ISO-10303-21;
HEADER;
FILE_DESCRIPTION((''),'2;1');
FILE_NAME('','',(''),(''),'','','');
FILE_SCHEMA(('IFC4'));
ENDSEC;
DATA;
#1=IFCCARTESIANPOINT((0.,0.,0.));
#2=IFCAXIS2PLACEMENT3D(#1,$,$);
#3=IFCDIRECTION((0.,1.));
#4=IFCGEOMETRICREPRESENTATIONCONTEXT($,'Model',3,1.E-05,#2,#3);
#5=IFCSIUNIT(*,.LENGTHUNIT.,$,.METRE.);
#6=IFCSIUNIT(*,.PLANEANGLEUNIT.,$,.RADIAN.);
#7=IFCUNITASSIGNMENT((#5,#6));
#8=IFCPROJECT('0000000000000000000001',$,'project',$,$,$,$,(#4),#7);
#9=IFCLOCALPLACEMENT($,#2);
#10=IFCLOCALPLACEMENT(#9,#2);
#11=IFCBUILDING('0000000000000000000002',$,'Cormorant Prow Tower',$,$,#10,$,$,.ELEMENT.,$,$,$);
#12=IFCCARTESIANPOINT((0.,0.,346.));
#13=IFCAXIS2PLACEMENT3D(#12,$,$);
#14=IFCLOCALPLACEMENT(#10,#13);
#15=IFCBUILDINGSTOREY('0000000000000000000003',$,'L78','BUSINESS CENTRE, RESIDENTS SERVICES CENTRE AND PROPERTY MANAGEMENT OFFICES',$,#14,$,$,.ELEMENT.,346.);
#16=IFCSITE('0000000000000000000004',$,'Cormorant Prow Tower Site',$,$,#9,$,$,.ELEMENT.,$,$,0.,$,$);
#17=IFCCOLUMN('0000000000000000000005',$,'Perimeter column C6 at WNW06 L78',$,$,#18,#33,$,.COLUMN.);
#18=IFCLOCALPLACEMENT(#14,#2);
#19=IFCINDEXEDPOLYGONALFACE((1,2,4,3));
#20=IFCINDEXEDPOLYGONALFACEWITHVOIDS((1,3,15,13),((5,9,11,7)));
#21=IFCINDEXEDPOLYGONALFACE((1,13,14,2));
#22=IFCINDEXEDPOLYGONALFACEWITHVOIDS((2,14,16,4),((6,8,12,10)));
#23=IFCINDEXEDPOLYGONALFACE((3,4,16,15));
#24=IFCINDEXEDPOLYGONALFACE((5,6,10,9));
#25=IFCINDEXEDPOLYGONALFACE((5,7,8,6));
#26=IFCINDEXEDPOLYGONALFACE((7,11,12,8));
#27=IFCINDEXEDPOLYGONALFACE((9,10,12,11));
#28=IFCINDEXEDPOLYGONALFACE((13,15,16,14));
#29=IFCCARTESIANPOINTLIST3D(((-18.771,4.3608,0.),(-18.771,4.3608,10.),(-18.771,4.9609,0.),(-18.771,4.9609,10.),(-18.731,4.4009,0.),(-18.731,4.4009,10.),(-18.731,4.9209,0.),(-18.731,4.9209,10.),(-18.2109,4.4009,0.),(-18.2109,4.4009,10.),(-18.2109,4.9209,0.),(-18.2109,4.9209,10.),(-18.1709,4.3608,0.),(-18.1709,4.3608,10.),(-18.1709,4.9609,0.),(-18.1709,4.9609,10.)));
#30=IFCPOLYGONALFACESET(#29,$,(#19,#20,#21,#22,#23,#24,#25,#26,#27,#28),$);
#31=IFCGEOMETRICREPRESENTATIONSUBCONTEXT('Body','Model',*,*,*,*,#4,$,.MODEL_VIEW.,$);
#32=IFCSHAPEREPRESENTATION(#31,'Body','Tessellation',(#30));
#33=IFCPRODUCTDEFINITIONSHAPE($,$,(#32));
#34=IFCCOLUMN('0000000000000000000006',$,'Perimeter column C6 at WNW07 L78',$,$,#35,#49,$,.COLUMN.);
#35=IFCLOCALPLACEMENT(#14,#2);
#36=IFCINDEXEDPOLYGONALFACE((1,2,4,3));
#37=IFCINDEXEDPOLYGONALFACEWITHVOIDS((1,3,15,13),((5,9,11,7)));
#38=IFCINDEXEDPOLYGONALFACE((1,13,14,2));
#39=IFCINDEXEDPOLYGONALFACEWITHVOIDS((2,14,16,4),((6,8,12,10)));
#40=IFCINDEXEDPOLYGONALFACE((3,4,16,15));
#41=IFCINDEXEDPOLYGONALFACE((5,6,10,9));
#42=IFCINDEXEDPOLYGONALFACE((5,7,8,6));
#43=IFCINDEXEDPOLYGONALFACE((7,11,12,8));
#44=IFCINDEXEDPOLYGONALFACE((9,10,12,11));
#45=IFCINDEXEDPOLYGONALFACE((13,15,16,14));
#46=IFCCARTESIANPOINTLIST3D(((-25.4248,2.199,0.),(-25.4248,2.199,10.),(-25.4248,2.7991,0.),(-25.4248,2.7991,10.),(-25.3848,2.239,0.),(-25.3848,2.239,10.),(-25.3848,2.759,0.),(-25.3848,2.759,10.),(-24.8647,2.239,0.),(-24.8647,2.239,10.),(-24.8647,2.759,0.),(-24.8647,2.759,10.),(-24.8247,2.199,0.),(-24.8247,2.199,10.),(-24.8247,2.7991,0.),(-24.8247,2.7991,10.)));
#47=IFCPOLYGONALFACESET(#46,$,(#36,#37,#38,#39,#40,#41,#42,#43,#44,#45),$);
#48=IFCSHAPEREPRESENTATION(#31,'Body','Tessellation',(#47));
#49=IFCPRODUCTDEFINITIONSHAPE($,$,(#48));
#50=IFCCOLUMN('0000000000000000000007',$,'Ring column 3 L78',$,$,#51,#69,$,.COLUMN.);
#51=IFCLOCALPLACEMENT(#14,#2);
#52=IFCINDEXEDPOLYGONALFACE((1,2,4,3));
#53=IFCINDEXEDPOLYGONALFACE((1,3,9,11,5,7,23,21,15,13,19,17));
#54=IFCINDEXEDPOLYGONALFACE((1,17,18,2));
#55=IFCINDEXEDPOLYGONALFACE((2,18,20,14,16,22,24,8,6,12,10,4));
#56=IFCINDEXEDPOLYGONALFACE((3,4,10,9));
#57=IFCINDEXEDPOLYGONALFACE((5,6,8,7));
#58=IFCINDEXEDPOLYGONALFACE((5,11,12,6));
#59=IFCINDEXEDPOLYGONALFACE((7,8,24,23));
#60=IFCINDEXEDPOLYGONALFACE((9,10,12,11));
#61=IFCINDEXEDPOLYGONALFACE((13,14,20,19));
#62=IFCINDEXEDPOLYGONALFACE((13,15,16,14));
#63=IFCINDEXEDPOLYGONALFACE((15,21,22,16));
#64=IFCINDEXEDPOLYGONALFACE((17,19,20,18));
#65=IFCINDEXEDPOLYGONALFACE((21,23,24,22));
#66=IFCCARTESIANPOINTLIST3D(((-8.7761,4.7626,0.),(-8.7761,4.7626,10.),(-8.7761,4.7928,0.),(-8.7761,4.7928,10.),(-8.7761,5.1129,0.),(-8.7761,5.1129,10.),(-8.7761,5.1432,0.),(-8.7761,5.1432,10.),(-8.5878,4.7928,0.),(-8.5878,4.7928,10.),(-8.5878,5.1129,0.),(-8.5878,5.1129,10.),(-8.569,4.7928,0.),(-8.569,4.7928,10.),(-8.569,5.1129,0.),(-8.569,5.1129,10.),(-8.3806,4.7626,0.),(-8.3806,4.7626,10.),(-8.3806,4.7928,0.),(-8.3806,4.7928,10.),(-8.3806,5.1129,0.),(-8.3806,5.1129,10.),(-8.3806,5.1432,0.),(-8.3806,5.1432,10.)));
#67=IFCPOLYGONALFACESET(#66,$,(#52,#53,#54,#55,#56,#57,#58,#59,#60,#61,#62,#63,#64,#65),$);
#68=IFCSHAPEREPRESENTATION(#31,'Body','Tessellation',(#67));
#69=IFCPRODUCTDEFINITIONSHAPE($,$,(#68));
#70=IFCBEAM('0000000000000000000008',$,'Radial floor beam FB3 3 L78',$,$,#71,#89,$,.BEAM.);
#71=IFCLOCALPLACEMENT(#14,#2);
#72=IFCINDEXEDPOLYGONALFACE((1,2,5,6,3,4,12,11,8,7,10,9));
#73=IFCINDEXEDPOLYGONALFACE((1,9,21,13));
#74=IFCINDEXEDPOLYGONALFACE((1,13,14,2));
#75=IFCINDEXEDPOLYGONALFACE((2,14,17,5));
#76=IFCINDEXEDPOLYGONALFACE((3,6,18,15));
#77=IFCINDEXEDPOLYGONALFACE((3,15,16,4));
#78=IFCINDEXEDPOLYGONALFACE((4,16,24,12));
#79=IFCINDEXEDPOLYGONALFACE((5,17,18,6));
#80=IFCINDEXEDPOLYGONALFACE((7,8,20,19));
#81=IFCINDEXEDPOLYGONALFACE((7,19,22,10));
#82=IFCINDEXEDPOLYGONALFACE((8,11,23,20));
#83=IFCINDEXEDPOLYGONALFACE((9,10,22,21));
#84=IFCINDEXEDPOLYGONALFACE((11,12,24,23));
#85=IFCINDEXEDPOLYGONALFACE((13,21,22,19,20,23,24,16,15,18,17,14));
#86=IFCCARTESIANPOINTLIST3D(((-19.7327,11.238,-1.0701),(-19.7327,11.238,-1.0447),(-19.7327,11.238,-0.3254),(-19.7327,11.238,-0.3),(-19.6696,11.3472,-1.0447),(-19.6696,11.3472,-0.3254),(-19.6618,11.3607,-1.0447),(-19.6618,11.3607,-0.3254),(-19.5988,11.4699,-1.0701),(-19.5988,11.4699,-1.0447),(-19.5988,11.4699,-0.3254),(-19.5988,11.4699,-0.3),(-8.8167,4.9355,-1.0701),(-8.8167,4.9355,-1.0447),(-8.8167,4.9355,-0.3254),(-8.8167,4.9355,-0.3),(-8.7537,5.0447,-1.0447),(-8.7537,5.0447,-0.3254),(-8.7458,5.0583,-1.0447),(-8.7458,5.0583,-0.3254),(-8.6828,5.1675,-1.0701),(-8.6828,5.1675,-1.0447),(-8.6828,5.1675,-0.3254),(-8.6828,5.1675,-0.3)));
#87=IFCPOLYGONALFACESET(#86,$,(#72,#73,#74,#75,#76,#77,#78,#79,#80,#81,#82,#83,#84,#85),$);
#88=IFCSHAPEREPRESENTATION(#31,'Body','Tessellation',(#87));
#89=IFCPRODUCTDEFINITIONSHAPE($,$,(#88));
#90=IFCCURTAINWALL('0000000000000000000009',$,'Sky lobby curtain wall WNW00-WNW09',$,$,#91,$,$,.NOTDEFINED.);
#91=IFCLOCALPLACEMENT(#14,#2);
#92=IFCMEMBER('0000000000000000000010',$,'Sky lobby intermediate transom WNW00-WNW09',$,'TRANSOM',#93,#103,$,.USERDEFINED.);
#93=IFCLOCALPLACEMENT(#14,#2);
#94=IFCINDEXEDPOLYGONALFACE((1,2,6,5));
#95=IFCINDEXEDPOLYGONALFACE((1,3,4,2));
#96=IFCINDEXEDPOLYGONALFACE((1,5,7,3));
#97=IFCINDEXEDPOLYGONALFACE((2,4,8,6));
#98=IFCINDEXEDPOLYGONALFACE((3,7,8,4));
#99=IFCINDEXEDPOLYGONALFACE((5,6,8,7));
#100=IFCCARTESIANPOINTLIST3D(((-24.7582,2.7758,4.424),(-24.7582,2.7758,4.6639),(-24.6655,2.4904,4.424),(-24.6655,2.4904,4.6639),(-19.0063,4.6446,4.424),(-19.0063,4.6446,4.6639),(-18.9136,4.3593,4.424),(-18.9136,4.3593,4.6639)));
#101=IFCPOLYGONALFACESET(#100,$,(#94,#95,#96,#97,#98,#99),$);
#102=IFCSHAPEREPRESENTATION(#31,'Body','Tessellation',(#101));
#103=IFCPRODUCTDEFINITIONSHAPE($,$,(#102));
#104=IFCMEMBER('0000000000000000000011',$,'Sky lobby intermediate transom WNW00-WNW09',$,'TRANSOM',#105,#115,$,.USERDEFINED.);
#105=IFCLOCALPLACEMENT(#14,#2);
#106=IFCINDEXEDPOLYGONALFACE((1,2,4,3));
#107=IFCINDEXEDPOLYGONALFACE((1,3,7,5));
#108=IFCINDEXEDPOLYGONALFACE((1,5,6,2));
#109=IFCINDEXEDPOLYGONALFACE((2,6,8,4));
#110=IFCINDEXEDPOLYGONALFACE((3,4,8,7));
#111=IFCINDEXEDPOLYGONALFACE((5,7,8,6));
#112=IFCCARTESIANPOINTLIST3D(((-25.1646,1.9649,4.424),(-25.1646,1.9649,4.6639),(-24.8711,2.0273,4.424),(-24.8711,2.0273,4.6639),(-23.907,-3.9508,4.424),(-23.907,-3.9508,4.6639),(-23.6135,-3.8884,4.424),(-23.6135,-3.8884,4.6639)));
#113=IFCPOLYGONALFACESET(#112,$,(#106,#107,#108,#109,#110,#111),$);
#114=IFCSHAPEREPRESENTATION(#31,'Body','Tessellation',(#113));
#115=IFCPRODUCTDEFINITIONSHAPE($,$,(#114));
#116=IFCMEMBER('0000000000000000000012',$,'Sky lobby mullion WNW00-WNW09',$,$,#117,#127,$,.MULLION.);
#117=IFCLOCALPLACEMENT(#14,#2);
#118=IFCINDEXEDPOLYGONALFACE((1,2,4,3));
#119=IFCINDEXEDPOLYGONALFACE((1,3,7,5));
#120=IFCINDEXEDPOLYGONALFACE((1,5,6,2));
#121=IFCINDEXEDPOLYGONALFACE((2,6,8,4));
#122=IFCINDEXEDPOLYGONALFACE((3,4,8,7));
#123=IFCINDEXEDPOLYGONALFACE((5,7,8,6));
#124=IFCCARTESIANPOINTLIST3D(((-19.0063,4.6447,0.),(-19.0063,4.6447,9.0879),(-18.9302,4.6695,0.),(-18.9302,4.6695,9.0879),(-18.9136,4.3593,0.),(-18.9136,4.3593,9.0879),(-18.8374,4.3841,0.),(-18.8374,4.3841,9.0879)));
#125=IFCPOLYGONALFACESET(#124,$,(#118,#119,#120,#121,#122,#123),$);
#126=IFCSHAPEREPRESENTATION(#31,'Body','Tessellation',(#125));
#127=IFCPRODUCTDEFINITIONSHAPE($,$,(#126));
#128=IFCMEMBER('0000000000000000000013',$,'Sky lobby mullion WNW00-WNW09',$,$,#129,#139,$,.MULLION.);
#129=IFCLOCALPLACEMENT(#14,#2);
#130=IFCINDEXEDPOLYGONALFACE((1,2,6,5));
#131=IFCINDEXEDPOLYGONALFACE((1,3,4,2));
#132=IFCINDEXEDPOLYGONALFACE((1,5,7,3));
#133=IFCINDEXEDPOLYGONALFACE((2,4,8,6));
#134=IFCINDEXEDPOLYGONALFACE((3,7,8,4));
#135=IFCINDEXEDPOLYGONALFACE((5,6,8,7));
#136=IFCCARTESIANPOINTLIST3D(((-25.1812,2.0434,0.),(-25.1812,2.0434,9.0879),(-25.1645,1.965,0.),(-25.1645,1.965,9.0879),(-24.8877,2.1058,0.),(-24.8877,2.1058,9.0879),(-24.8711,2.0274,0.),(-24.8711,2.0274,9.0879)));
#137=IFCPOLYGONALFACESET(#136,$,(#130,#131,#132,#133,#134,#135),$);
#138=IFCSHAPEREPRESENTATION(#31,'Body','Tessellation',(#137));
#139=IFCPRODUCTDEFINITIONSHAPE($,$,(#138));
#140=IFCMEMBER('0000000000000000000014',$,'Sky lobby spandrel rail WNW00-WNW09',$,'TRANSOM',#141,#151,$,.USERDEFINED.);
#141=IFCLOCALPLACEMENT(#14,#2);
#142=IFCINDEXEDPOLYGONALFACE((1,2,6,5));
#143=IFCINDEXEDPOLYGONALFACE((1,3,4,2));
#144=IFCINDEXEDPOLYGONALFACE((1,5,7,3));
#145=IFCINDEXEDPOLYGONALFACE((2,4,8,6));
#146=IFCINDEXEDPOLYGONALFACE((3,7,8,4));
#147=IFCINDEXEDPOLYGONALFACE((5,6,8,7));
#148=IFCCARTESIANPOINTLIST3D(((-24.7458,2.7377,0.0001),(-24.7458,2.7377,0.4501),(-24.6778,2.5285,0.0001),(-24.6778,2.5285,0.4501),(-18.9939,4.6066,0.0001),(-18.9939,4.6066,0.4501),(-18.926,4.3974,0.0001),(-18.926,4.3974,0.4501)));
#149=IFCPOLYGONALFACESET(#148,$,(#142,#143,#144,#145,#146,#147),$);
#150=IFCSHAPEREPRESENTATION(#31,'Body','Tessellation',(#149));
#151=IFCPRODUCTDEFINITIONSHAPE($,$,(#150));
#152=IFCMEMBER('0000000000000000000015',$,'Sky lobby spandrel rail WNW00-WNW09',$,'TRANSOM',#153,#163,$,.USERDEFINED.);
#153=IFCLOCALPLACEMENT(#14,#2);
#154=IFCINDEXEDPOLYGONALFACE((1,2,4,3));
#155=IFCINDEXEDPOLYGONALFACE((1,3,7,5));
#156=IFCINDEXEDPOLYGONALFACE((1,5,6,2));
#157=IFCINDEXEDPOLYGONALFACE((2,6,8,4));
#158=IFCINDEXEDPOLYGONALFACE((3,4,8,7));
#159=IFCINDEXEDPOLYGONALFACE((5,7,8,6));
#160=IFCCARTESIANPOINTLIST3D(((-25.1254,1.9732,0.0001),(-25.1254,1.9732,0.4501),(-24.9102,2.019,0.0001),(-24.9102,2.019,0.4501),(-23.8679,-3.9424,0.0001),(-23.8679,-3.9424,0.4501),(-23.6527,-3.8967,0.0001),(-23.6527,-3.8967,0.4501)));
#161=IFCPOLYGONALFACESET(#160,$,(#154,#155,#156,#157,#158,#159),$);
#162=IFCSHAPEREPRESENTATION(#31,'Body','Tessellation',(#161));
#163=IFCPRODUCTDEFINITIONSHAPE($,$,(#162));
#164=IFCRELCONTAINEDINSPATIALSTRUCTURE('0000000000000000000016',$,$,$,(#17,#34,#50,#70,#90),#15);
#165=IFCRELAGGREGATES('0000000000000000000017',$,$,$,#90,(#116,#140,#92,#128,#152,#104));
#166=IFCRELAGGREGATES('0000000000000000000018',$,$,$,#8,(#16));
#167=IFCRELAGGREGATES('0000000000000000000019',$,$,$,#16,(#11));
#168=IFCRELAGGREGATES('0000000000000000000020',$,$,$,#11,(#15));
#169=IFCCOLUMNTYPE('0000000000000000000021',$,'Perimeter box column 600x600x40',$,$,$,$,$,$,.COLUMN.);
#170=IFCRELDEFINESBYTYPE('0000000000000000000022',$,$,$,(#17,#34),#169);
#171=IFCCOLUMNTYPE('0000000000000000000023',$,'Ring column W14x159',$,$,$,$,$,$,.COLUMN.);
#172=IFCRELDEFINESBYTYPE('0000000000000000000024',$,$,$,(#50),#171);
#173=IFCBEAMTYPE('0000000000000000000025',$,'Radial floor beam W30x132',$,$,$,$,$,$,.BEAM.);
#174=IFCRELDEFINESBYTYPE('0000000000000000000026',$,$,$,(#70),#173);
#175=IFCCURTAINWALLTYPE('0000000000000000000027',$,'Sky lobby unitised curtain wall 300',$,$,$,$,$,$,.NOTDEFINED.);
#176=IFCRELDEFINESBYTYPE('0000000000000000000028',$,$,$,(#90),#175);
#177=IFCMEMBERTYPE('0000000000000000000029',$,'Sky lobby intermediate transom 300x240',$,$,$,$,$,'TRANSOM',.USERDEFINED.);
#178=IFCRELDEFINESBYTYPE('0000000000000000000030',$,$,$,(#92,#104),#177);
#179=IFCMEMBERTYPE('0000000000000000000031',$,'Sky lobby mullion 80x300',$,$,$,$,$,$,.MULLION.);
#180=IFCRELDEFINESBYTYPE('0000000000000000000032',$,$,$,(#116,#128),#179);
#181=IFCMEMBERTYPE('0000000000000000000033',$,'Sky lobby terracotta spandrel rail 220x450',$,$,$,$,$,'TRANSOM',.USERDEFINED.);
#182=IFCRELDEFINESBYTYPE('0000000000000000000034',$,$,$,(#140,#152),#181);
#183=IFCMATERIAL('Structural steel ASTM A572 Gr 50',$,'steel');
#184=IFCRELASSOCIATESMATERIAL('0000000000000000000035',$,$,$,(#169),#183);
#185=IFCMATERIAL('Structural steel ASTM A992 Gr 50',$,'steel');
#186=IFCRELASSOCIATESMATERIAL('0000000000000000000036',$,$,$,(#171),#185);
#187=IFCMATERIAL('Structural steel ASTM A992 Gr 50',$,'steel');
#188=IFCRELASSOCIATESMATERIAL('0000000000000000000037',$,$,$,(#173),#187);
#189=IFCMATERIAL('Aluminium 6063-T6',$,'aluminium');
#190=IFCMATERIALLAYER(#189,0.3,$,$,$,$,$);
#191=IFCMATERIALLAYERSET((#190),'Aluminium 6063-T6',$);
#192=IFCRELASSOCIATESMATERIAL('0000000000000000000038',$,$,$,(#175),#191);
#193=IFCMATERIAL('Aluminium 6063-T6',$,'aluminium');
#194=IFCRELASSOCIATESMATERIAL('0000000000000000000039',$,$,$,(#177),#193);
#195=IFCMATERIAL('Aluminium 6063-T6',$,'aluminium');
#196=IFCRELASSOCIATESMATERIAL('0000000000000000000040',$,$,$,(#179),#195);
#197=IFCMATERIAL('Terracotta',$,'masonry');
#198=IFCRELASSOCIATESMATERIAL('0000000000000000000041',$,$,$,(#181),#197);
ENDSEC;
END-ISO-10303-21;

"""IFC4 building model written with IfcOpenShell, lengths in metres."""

from ifc_helpers import new_model, si_unit, direction, frame, origin, origin_2d, place, context, subcontext, project, spatial, rectangle, hollow_rectangle, i_section, extrude, material, layer, layer_set, material_profile, profile_set, type_object, element, aggregate, save


model = new_model("IFC4")

# Units and contexts
model_context = context("Model", 3, precision=1e-05, world=origin(), true_north=direction((0.0, 1.0)))
body_context = subcontext(model_context, "Body", "Model", "MODEL_VIEW")
ifc_project = project(units=[si_unit("LENGTHUNIT", "METRE"), si_unit("PLANEANGLEUNIT", "RADIAN")], contexts=[model_context])

# Site, building, storey
site_placement = place(None, origin())
site = spatial("IfcSite", under=ifc_project, at=site_placement, Name="Cormorant Prow Tower Site", CompositionType="ELEMENT", RefElevation=0.0)
building_placement = place(site_placement, origin())
building = spatial("IfcBuilding", under=site, at=building_placement, Name="Cormorant Prow Tower", CompositionType="ELEMENT")
storey_placement = place(building_placement, frame((0.0, 0.0, 346.0)))
storey = spatial("IfcBuildingStorey", under=building, at=storey_placement, Name="L78", Description="BUSINESS CENTRE, RESIDENTS SERVICES CENTRE AND PROPERTY MANAGEMENT OFFICES", CompositionType="ELEMENT", Elevation=346.0)

# Columns
ifc_material_1 = material(Name="Structural steel ASTM A572 Gr 50", Category="steel")
ifc_material_profile_1 = material_profile(ifc_material_1, hollow_rectangle(XDim=0.6001, YDim=0.6001, WallThickness=0.04, at=origin_2d()), Name="Box 600x600x40")
ifc_profile_set_1 = profile_set([ifc_material_profile_1], Name="Structural steel ASTM A572 Gr 50")
column_type_1 = type_object("IfcColumnType", Name="Perimeter box column 600x600x40", PredefinedType="COLUMN", material=ifc_profile_set_1)
for number, where, z_axis, x_axis, name in (
    (1, (-18.4709, 4.6609, 0.0), (0.0, 0.0, 1.0), (1.0, 0.0, 0.0), "Perimeter column C6 at WNW06 L78"),
    (2, (-25.1248, 2.499, 0.0), (0.0, 0.0, 1.0), (1.0, 0.0, 0.0), "Perimeter column C6 at WNW07 L78"),
):
    element("IfcColumn", number, at=place(storey_placement, frame(where, z_axis=z_axis, x_axis=x_axis)), inside=storey, type_object=column_type_1, Name=name, PredefinedType="COLUMN", context=body_context, shape_type="SweptSolid", body=[
        extrude(hollow_rectangle(XDim=0.6001, YDim=0.6001, WallThickness=0.04, at=origin_2d()), origin(), (0.0, 0.0, 1.0), 10.0),
    ])
ifc_material_2 = material(Name="Structural steel ASTM A992 Gr 50", Category="steel")
ifc_material_profile_2 = material_profile(ifc_material_2, i_section(OverallWidth=0.3955, OverallDepth=0.3806, WebThickness=0.0188, FlangeThickness=0.0303, at=origin_2d()), Name="W14x159")
ifc_profile_set_2 = profile_set([ifc_material_profile_2], Name="Structural steel ASTM A992 Gr 50")
column_type_2 = type_object("IfcColumnType", Name="Ring column W14x159", PredefinedType="COLUMN", material=ifc_profile_set_2)
column_placement = place(storey_placement, frame((-8.5784, 4.9529, 0.0), z_axis=(0.0, 0.0, 1.0), x_axis=(1.0, 0.0, 0.0)))
element("IfcColumn", 3, at=column_placement, inside=storey, type_object=column_type_2, Name="Ring column 3 L78", PredefinedType="COLUMN", context=body_context, shape_type="SweptSolid", body=[
    extrude(i_section(OverallWidth=0.3955, OverallDepth=0.3806, WebThickness=0.0188, FlangeThickness=0.0303, at=origin_2d()), origin(), (0.0, 0.0, 1.0), 10.0),
])

# Beam
ifc_material_3 = material(Name="Structural steel ASTM A992 Gr 50", Category="steel")
ifc_material_profile_3 = material_profile(ifc_material_3, i_section(OverallWidth=0.2678, OverallDepth=0.77, WebThickness=0.0156, FlangeThickness=0.0254, at=origin_2d()), Name="W30x132")
ifc_profile_set_3 = profile_set([ifc_material_profile_3], Name="Structural steel ASTM A992 Gr 50")
beam_type_1 = type_object("IfcBeamType", Name="Radial floor beam W30x132", PredefinedType="BEAM", material=ifc_profile_set_3)
beam_1_placement = place(storey_placement, frame((-8.7498, 5.0515, -0.6851), z_axis=(-0.866021, 0.500007, 0.0), x_axis=(-0.500007, -0.866021, 0.0)))
element("IfcBeam", 4, at=beam_1_placement, inside=storey, type_object=beam_type_1, Name="Radial floor beam FB3 3 L78", PredefinedType="BEAM", context=body_context, shape_type="SweptSolid", body=[
    extrude(i_section(OverallWidth=0.2678, OverallDepth=0.77, WebThickness=0.0156, FlangeThickness=0.0254, at=origin_2d()), origin(), (0.0, 0.0, 1.0), 12.6047),
])

# Curtain wall, members
ifc_material_4 = material(Name="Aluminium 6063-T6", Category="aluminium")
ifc_layer_1 = layer(ifc_material_4, 0.3)
ifc_layer_set_1 = layer_set([ifc_layer_1], Name="Aluminium 6063-T6")
curtain_wall_type = type_object("IfcCurtainWallType", Name="Sky lobby unitised curtain wall 300", PredefinedType="NOTDEFINED", material=ifc_layer_set_1)
curtain_wall_placement = place(storey_placement, origin())
curtain_wall = element("IfcCurtainWall", 5, at=curtain_wall_placement, inside=storey, type_object=curtain_wall_type, Name="Sky lobby curtain wall WNW00-WNW09", PredefinedType="NOTDEFINED")
ifc_material_5 = material(Name="Aluminium 6063-T6", Category="aluminium")
ifc_material_profile_4 = material_profile(ifc_material_5, rectangle(XDim=0.3, YDim=0.24, at=origin_2d()), Name="Sky lobby intermediate transom 300x240")
ifc_profile_set_4 = profile_set([ifc_material_profile_4], Name="Aluminium 6063-T6")
member_type_1 = type_object("IfcMemberType", Name="Sky lobby intermediate transom 300x240", ElementType="TRANSOM", PredefinedType="USERDEFINED", material=ifc_profile_set_4)
member_1_placement = place(storey_placement, frame((-18.96, 4.502, 4.5439), z_axis=(-0.951058, -0.309013, 0.0), x_axis=(0.309013, -0.951058, 0.0)))
member_1 = element("IfcMember", 6, at=member_1_placement, type_object=member_type_1, Name="Sky lobby intermediate transom WNW00-WNW09", ObjectType="TRANSOM", PredefinedType="USERDEFINED", context=body_context, shape_type="SweptSolid", body=[
    extrude(rectangle(XDim=0.3, YDim=0.24, at=origin_2d()), origin(), (0.0, 0.0, 1.0), 6.0479),
])
member_2_placement = place(storey_placement, frame((-25.0178, 1.9961, 4.5439), z_axis=(0.207933, -0.978143, 0.0), x_axis=(0.978143, 0.207933, 0.0)))
member_2 = element("IfcMember", 7, at=member_2_placement, type_object=member_type_1, Name="Sky lobby intermediate transom WNW00-WNW09", ObjectType="TRANSOM", PredefinedType="USERDEFINED", context=body_context, shape_type="SweptSolid", body=[
    extrude(rectangle(XDim=0.3, YDim=0.24, at=origin_2d()), origin(), (0.0, 0.0, 1.0), 6.0479),
])
ifc_material_6 = material(Name="Aluminium 6063-T6", Category="aluminium")
ifc_material_profile_5 = material_profile(ifc_material_6, rectangle(XDim=0.3, YDim=0.0801, at=origin_2d()), Name="Sky lobby mullion 80x300")
ifc_profile_set_5 = profile_set([ifc_material_profile_5], Name="Aluminium 6063-T6")
member_type_2 = type_object("IfcMemberType", Name="Sky lobby mullion 80x300", PredefinedType="MULLION", material=ifc_profile_set_5)
member_3_placement = place(storey_placement, frame((-18.9219, 4.5144, 0.0), z_axis=(0.0, 0.0, 1.0), x_axis=(0.309017, -0.951057, 0.0)))
member_3 = element("IfcMember", 8, at=member_3_placement, type_object=member_type_2, Name="Sky lobby mullion WNW00-WNW09", PredefinedType="MULLION", context=body_context, shape_type="SweptSolid", body=[
    extrude(rectangle(XDim=0.3, YDim=0.0801, at=origin_2d()), origin(), (0.0, 0.0, 1.0), 9.0879),
])
member_4_placement = place(storey_placement, frame((-25.0261, 2.0354, 0.0), z_axis=(0.0, 0.0, 1.0), x_axis=(0.978148, 0.207912, 0.0)))
member_4 = element("IfcMember", 9, at=member_4_placement, type_object=member_type_2, Name="Sky lobby mullion WNW00-WNW09", PredefinedType="MULLION", context=body_context, shape_type="SweptSolid", body=[
    extrude(rectangle(XDim=0.3, YDim=0.0801, at=origin_2d()), origin(), (0.0, 0.0, 1.0), 9.0879),
])
ifc_material_7 = material(Name="Terracotta", Category="masonry")
ifc_material_profile_6 = material_profile(ifc_material_7, rectangle(XDim=0.22, YDim=0.45, at=origin_2d()), Name="Sky lobby terracotta spandrel rail 220x450")
ifc_profile_set_6 = profile_set([ifc_material_profile_6], Name="Terracotta")
member_type_3 = type_object("IfcMemberType", Name="Sky lobby terracotta spandrel rail 220x450", ElementType="TRANSOM", PredefinedType="USERDEFINED", material=ifc_profile_set_6)
member_5_placement = place(storey_placement, frame((-18.96, 4.502, 0.2251), z_axis=(-0.951058, -0.309013, 0.0), x_axis=(0.309013, -0.951058, 0.0)))
member_5 = element("IfcMember", 10, at=member_5_placement, type_object=member_type_3, Name="Sky lobby spandrel rail WNW00-WNW09", ObjectType="TRANSOM", PredefinedType="USERDEFINED", context=body_context, shape_type="SweptSolid", body=[
    extrude(rectangle(XDim=0.22, YDim=0.45, at=origin_2d()), origin(), (0.0, 0.0, 1.0), 6.0479),
])
member_6_placement = place(storey_placement, frame((-25.0178, 1.9961, 0.2251), z_axis=(0.207933, -0.978143, 0.0), x_axis=(0.978143, 0.207933, 0.0)))
member_6 = element("IfcMember", 11, at=member_6_placement, type_object=member_type_3, Name="Sky lobby spandrel rail WNW00-WNW09", ObjectType="TRANSOM", PredefinedType="USERDEFINED", context=body_context, shape_type="SweptSolid", body=[
    extrude(rectangle(XDim=0.22, YDim=0.45, at=origin_2d()), origin(), (0.0, 0.0, 1.0), 6.0479),
])

aggregate(curtain_wall, [member_3, member_5, member_1, member_4, member_6, member_2])

save(model, "model.ifc")
